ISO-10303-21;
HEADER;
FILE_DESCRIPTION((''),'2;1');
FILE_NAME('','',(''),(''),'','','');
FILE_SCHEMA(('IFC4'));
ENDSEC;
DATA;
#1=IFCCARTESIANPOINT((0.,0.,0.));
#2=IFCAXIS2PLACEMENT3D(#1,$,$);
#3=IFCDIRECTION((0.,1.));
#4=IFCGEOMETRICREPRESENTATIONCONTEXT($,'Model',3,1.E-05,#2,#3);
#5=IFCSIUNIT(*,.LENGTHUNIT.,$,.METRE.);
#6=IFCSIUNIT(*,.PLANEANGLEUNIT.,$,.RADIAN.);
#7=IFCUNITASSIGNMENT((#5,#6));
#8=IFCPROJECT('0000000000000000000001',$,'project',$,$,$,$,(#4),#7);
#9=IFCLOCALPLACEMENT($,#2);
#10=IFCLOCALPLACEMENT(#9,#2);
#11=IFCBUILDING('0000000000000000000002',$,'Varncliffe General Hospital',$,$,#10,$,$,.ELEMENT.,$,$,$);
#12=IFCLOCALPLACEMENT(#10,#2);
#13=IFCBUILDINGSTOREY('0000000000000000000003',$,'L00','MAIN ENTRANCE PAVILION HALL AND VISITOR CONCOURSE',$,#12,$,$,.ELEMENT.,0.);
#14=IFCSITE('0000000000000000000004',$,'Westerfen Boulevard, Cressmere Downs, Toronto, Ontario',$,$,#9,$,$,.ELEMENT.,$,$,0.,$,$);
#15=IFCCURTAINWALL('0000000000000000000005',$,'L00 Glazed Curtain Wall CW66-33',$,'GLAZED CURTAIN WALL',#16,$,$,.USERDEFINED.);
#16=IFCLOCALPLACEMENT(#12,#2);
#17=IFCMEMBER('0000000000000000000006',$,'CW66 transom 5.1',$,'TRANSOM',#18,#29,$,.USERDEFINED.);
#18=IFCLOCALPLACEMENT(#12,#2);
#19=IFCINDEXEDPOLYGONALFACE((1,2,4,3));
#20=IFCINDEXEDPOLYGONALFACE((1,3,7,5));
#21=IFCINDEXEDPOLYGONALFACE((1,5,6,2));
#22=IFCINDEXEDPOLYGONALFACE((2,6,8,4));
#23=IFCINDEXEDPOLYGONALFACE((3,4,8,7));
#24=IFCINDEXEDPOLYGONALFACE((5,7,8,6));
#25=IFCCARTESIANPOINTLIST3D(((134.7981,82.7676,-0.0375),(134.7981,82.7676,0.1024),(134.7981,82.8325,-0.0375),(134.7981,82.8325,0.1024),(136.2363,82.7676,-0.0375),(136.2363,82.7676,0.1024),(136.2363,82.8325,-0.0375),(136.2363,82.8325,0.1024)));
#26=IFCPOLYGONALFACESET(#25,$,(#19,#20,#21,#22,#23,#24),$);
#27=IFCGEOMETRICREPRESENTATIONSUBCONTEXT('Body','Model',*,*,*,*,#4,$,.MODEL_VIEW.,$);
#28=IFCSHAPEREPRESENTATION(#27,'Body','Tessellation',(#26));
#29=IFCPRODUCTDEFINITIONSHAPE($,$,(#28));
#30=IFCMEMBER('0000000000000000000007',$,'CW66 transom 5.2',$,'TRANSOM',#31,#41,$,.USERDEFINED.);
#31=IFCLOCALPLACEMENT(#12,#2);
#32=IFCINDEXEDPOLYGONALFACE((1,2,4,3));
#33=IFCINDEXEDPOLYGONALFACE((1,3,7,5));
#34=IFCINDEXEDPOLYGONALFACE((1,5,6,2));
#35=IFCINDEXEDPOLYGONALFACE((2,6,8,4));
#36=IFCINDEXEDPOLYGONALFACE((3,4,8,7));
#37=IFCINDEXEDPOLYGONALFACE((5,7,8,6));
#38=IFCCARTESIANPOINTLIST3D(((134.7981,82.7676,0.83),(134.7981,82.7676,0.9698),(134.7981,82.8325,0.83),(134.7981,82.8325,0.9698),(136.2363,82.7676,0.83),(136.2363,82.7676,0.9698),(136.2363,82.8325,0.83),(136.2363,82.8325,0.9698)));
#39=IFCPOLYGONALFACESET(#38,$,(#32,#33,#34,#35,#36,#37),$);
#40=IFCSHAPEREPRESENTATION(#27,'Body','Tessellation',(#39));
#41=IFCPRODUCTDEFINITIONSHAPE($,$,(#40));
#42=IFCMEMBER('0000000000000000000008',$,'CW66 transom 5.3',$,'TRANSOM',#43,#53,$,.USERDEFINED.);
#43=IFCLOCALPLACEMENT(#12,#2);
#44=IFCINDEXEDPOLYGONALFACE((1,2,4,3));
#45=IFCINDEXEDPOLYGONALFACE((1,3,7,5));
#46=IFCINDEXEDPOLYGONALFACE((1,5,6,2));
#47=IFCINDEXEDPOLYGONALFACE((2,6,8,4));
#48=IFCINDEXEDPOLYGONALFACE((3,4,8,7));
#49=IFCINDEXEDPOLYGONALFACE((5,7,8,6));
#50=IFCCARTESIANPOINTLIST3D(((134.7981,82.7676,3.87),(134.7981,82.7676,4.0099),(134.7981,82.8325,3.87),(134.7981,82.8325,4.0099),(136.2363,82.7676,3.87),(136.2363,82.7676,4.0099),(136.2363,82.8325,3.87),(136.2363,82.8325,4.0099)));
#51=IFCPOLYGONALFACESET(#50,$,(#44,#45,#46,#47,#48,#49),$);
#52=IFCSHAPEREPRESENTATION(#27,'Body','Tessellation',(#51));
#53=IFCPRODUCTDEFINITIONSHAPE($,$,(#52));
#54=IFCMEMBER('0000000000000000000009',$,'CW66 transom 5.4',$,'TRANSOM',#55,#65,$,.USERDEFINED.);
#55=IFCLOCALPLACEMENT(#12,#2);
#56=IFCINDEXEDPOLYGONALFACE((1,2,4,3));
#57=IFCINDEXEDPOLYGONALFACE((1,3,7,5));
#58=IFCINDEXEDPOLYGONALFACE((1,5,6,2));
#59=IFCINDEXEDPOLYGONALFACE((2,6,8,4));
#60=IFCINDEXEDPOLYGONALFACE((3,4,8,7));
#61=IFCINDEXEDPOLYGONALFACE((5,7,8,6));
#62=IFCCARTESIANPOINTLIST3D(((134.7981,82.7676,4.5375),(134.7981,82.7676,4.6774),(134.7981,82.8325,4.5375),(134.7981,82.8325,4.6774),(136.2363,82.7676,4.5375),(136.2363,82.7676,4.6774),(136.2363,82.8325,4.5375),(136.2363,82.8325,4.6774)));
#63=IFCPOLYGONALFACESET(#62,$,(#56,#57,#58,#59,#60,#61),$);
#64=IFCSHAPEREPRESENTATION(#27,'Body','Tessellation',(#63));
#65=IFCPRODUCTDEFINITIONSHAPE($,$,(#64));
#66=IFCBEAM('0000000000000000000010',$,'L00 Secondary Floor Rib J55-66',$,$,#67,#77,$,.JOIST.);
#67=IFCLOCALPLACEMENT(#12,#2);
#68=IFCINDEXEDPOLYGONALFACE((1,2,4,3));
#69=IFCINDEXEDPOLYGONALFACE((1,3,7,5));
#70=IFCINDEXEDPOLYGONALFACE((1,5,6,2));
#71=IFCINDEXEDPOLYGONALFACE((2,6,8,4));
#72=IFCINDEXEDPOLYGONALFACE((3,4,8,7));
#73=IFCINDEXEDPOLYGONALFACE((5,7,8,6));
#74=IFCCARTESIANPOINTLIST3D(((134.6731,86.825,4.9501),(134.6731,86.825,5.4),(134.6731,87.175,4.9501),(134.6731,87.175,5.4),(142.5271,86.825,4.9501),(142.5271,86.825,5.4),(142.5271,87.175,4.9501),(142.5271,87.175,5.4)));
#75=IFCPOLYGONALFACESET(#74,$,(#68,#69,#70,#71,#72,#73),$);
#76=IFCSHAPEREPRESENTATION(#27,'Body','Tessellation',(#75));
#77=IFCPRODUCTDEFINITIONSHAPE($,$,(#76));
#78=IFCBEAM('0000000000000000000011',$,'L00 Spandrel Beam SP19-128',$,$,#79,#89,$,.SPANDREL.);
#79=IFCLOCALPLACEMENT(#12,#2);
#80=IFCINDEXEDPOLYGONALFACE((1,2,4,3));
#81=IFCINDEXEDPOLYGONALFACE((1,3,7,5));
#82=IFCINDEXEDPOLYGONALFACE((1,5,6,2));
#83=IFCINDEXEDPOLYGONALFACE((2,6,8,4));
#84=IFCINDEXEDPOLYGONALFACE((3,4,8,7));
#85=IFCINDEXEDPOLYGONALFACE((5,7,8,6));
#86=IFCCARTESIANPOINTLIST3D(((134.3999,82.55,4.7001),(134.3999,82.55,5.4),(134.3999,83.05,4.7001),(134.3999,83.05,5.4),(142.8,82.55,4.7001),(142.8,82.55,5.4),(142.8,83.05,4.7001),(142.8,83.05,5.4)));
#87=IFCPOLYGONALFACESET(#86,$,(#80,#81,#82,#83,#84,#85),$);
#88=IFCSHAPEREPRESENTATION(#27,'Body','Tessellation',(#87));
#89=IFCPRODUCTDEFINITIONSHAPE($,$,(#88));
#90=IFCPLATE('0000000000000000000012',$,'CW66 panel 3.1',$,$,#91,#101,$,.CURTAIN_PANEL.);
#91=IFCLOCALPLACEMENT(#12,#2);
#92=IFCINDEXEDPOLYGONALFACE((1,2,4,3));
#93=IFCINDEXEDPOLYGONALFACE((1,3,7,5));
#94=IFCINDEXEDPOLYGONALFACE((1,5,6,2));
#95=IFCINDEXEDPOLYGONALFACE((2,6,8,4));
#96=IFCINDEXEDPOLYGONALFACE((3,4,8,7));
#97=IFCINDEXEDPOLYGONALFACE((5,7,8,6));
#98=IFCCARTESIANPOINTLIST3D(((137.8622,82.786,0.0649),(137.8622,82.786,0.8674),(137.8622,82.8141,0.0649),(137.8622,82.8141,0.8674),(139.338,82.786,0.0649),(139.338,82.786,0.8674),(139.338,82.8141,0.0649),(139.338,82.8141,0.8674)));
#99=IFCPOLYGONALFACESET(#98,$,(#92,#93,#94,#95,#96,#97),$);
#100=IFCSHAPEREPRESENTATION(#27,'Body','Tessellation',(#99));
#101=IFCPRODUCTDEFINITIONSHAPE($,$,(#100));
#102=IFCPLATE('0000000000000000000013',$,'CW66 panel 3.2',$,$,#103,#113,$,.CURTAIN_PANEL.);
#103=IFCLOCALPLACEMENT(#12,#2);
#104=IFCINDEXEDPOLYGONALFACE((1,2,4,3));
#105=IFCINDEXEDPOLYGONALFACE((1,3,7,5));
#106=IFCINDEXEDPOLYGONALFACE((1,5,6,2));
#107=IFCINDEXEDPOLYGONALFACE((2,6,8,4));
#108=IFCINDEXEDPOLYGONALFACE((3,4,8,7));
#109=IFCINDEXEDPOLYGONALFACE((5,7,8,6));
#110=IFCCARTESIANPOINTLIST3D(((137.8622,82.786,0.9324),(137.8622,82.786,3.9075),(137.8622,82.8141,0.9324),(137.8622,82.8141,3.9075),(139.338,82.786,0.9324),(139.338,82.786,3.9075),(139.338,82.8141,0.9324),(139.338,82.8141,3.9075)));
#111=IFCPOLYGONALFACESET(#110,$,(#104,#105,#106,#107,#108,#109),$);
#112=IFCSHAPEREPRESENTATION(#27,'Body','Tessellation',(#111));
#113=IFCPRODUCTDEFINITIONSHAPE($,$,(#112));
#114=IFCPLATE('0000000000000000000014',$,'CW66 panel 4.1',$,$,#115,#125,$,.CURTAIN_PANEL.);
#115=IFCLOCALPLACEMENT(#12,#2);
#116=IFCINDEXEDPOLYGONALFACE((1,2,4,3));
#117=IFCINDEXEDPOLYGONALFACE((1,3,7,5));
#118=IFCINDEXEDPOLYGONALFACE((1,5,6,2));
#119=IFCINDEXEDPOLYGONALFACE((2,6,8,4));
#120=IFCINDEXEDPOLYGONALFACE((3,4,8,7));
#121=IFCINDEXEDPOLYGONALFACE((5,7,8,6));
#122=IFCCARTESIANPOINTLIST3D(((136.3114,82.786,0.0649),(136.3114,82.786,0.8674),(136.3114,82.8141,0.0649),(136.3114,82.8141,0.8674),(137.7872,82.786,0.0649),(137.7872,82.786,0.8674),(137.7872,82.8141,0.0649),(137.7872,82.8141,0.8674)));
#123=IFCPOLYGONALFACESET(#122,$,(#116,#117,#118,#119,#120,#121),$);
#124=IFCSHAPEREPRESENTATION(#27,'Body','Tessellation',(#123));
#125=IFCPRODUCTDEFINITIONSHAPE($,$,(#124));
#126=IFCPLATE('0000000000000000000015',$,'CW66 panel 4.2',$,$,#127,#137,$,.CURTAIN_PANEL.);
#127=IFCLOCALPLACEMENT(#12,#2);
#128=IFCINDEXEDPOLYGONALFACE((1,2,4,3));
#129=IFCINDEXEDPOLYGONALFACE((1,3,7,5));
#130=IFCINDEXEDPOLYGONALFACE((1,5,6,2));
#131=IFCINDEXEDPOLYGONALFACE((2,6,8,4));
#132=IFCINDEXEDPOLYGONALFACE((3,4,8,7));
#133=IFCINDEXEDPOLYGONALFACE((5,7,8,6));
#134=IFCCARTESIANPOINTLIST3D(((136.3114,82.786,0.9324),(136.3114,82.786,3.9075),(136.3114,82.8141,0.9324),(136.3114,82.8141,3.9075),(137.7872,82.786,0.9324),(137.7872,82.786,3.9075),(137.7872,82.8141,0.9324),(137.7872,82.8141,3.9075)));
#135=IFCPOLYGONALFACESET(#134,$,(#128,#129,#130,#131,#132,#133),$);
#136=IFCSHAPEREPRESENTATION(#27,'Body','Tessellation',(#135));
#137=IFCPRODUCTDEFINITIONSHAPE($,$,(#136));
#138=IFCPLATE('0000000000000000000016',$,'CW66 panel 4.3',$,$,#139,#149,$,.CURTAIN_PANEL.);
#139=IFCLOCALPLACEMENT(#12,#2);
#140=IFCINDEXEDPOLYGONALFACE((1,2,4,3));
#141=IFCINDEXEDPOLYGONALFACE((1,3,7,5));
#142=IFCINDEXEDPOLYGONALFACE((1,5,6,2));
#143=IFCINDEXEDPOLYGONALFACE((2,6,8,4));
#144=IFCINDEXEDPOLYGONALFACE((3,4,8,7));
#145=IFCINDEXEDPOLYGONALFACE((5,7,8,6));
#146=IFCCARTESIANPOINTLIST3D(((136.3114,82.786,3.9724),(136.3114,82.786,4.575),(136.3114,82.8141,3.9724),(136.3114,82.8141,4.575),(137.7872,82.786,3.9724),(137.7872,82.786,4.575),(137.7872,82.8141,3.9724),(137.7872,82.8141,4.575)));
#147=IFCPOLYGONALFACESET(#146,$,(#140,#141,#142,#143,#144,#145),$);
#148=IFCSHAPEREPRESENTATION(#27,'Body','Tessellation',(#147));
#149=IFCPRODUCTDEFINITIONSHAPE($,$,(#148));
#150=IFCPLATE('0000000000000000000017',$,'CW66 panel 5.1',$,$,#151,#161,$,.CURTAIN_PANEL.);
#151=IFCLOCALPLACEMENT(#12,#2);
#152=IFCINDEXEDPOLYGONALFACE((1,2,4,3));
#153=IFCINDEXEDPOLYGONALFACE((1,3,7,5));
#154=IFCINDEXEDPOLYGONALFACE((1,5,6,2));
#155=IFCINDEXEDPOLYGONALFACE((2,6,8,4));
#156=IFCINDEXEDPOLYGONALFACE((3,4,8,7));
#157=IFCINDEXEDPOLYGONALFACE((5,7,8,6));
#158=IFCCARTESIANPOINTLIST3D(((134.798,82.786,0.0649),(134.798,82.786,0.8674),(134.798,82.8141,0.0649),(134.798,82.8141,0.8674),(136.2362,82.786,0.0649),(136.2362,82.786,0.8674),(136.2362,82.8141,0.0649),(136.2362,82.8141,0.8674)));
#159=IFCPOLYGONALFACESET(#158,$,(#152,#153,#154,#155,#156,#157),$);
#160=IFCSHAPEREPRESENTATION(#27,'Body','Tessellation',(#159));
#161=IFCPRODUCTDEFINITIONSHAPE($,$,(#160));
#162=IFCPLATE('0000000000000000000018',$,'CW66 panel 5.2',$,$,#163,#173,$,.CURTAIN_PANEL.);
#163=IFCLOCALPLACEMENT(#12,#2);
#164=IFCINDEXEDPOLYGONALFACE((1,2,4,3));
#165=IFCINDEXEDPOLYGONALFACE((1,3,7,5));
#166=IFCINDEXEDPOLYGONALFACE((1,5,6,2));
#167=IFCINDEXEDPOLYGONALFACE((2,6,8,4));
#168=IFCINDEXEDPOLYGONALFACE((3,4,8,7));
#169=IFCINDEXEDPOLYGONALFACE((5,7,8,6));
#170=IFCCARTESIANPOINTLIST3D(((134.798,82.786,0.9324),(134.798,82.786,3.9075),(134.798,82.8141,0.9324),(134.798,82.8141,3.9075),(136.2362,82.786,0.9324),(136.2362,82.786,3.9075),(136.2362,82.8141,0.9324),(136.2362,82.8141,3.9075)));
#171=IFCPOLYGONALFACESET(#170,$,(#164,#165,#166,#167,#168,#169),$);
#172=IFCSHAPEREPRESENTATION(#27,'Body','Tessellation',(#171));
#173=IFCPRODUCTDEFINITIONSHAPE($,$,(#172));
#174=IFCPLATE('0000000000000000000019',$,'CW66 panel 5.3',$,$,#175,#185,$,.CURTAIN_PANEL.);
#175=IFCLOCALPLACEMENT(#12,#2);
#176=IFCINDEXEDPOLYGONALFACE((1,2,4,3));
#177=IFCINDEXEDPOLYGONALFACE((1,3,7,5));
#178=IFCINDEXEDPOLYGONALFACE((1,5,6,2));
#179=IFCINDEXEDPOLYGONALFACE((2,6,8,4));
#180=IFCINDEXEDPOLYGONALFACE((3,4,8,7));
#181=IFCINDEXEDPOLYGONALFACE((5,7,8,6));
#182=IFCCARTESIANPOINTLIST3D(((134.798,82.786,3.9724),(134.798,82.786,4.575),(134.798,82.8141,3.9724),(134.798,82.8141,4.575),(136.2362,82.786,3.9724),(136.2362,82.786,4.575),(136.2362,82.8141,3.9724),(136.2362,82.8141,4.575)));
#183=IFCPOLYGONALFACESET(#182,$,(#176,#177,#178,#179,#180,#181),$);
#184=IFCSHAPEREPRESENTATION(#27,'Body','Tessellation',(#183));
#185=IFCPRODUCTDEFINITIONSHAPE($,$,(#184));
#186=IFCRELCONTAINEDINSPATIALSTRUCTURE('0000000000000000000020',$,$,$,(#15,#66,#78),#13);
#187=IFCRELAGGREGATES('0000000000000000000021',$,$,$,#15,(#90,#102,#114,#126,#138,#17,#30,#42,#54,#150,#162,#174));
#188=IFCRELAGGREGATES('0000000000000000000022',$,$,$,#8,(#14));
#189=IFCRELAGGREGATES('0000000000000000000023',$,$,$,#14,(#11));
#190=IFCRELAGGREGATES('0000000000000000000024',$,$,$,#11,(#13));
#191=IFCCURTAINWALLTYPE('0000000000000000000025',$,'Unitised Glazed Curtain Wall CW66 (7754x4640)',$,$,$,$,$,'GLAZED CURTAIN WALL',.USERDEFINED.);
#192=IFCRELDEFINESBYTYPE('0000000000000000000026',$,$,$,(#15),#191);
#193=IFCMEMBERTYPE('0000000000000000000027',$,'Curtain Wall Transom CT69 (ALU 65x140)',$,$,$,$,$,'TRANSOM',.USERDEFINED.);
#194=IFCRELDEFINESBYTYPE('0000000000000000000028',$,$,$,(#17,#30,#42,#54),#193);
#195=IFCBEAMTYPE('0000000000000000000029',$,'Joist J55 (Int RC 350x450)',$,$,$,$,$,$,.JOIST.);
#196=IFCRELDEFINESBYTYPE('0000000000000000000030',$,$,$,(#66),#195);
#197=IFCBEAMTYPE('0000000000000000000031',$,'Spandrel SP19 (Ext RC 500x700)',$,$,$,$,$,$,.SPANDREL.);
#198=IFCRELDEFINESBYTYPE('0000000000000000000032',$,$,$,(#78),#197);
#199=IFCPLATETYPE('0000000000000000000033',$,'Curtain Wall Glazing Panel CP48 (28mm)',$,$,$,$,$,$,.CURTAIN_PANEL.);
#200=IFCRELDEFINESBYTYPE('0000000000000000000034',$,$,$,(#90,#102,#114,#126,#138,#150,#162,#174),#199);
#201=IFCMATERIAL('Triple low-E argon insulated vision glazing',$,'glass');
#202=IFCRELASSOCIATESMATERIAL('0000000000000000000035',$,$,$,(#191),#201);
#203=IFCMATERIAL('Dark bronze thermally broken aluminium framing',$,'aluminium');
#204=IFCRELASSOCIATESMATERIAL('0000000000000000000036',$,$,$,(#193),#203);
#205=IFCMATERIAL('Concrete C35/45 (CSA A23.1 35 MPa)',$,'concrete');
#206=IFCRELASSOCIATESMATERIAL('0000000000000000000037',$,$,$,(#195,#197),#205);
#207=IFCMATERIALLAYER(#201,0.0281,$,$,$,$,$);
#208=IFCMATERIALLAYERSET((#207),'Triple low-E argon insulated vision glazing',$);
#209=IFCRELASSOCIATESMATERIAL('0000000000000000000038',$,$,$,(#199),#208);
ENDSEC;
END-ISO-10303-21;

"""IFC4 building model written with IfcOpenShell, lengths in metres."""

from ifc_helpers import new_model, si_unit, direction, frame, origin, origin_2d, place, context, subcontext, project, spatial, rectangle, extrude, material, layer, layer_set, material_profile, profile_set, type_object, element, aggregate, save


model = new_model("IFC4")

# Units and contexts
model_context = context("Model", 3, precision=1e-05, world=origin(), true_north=direction((0.0, 1.0)))
body_context = subcontext(model_context, "Body", "Model", "MODEL_VIEW")
ifc_project = project(units=[si_unit("LENGTHUNIT", "METRE"), si_unit("PLANEANGLEUNIT", "RADIAN")], contexts=[model_context])

# Site, building, storey
site_placement = place(None, origin())
site = spatial("IfcSite", under=ifc_project, at=site_placement, Name="Westerfen Boulevard, Cressmere Downs, Toronto, Ontario", CompositionType="ELEMENT", RefElevation=0.0)
building_placement = place(site_placement, origin())
building = spatial("IfcBuilding", under=site, at=building_placement, Name="Varncliffe General Hospital", CompositionType="ELEMENT")
storey_placement = place(building_placement, origin())
storey = spatial("IfcBuildingStorey", under=building, at=storey_placement, Name="L00", Description="MAIN ENTRANCE PAVILION HALL AND VISITOR CONCOURSE", CompositionType="ELEMENT", Elevation=0.0)

# Shared definitions
ifc_material_1 = material(Name="Concrete C35/45 (CSA A23.1 35 MPa)", Category="concrete")

# Shared definitions
ifc_material_2 = material(Name="Triple low-E argon insulated vision glazing", Category="glass")
ifc_material_3 = material(Name="Dark bronze thermally broken aluminium framing", Category="aluminium")

# Curtain wall
curtain_wall_type_1 = type_object("IfcCurtainWallType", Name="Unitised Glazed Curtain Wall CW66 (7754x4640)", ElementType="GLAZED CURTAIN WALL", PredefinedType="USERDEFINED", material=ifc_material_2)
curtain_wall_1_placement = place(storey_placement, origin())
curtain_wall_1 = element("IfcCurtainWall", 1, at=curtain_wall_1_placement, inside=storey, type_object=curtain_wall_type_1, Name="L00 Glazed Curtain Wall CW66-33", ObjectType="GLAZED CURTAIN WALL", PredefinedType="USERDEFINED")

# Members
ifc_material_profile_1 = material_profile(ifc_material_3, rectangle(XDim=0.0649, YDim=0.1399, at=origin_2d()), Name="ALU 65x140")
ifc_profile_set_1 = profile_set([ifc_material_profile_1], Name="Dark bronze thermally broken aluminium framing")
member_type_1 = type_object("IfcMemberType", Name="Curtain Wall Transom CT69 (ALU 65x140)", ElementType="TRANSOM", PredefinedType="USERDEFINED", material=ifc_profile_set_1)
member_1_placement = place(storey_placement, frame((136.2363, 82.8, 0.0325), z_axis=(-1.0, 0.0, 0.0), x_axis=(0.0, -1.0, 0.0)))
member_1 = element("IfcMember", 2, at=member_1_placement, type_object=member_type_1, Name="CW66 transom 5.1", ObjectType="TRANSOM", PredefinedType="USERDEFINED", context=body_context, shape_type="SweptSolid", body=[
    extrude(rectangle(XDim=0.0649, YDim=0.1399, at=origin_2d()), origin(), (0.0, 0.0, 1.0), 1.4382),
])
member_2_placement = place(storey_placement, frame((136.2363, 82.8, 0.8999), z_axis=(-1.0, 0.0, 0.0), x_axis=(0.0, -1.0, 0.0)))
member_2 = element("IfcMember", 3, at=member_2_placement, type_object=member_type_1, Name="CW66 transom 5.2", ObjectType="TRANSOM", PredefinedType="USERDEFINED", context=body_context, shape_type="SweptSolid", body=[
    extrude(rectangle(XDim=0.0649, YDim=0.1399, at=origin_2d()), origin(), (0.0, 0.0, 1.0), 1.4382),
])
member_3_placement = place(storey_placement, frame((136.2363, 82.8, 3.9399), z_axis=(-1.0, 0.0, 0.0), x_axis=(0.0, -1.0, 0.0)))
member_3 = element("IfcMember", 4, at=member_3_placement, type_object=member_type_1, Name="CW66 transom 5.3", ObjectType="TRANSOM", PredefinedType="USERDEFINED", context=body_context, shape_type="SweptSolid", body=[
    extrude(rectangle(XDim=0.0649, YDim=0.1399, at=origin_2d()), origin(), (0.0, 0.0, 1.0), 1.4382),
])
member_4_placement = place(storey_placement, frame((136.2363, 82.8, 4.6074), z_axis=(-1.0, 0.0, 0.0), x_axis=(0.0, -1.0, 0.0)))
member_4 = element("IfcMember", 5, at=member_4_placement, type_object=member_type_1, Name="CW66 transom 5.4", ObjectType="TRANSOM", PredefinedType="USERDEFINED", context=body_context, shape_type="SweptSolid", body=[
    extrude(rectangle(XDim=0.0649, YDim=0.1399, at=origin_2d()), origin(), (0.0, 0.0, 1.0), 1.4382),
])

# Beams
ifc_material_profile_2 = material_profile(ifc_material_1, rectangle(XDim=0.3501, YDim=0.45, at=origin_2d()), Name="RC 350x450")
ifc_profile_set_2 = profile_set([ifc_material_profile_2], Name="Concrete C35/45 (CSA A23.1 35 MPa)")
beam_type_1 = type_object("IfcBeamType", Name="Joist J55 (Int RC 350x450)", PredefinedType="JOIST", material=ifc_profile_set_2)
beam_1_placement = place(storey_placement, frame((134.6731, 87.0, 5.175), z_axis=(1.0, 0.0, 0.0), x_axis=(0.0, 1.0, 0.0)))
element("IfcBeam", 6, at=beam_1_placement, inside=storey, type_object=beam_type_1, Name="L00 Secondary Floor Rib J55-66", PredefinedType="JOIST", context=body_context, shape_type="SweptSolid", body=[
    extrude(rectangle(XDim=0.3501, YDim=0.45, at=origin_2d()), origin(), (0.0, 0.0, 1.0), 7.854),
])
ifc_material_profile_3 = material_profile(ifc_material_1, rectangle(XDim=0.5, YDim=0.7, at=origin_2d()), Name="RC 500x700")
ifc_profile_set_3 = profile_set([ifc_material_profile_3], Name="Concrete C35/45 (CSA A23.1 35 MPa)")
beam_type_2 = type_object("IfcBeamType", Name="Spandrel SP19 (Ext RC 500x700)", PredefinedType="SPANDREL", material=ifc_profile_set_3)
beam_2_placement = place(storey_placement, frame((134.3999, 82.8, 5.05), z_axis=(1.0, 0.0, 0.0), x_axis=(0.0, 1.0, 0.0)))
element("IfcBeam", 7, at=beam_2_placement, inside=storey, type_object=beam_type_2, Name="L00 Spandrel Beam SP19-128", PredefinedType="SPANDREL", context=body_context, shape_type="SweptSolid", body=[
    extrude(rectangle(XDim=0.5, YDim=0.7, at=origin_2d()), origin(), (0.0, 0.0, 1.0), 8.4001),
])

# Plates
ifc_layer = layer(ifc_material_2, 0.0281)
ifc_layer_set = layer_set([ifc_layer], Name="Triple low-E argon insulated vision glazing")
plate_type = type_object("IfcPlateType", Name="Curtain Wall Glazing Panel CP48 (28mm)", PredefinedType="CURTAIN_PANEL", material=ifc_layer_set)
plate_1_placement = place(storey_placement, frame((138.6001, 82.8, 0.0649), z_axis=(0.0, 0.0, 1.0), x_axis=(-1.0, 0.0, 0.0)))
plate_1 = element("IfcPlate", 8, at=plate_1_placement, type_object=plate_type, Name="CW66 panel 3.1", PredefinedType="CURTAIN_PANEL", context=body_context, shape_type="SweptSolid", body=[
    extrude(rectangle(XDim=1.4758, YDim=0.0281, at=origin_2d()), origin(), (0.0, 0.0, 1.0), 0.8025),
])
plate_2_placement = place(storey_placement, frame((138.6001, 82.8, 0.9324), z_axis=(0.0, 0.0, 1.0), x_axis=(-1.0, 0.0, 0.0)))
plate_2 = element("IfcPlate", 9, at=plate_2_placement, type_object=plate_type, Name="CW66 panel 3.2", PredefinedType="CURTAIN_PANEL", context=body_context, shape_type="SweptSolid", body=[
    extrude(rectangle(XDim=1.4758, YDim=0.0281, at=origin_2d()), origin(), (0.0, 0.0, 1.0), 2.9751),
])
plate_3_placement = place(storey_placement, frame((137.0493, 82.8, 0.0649), z_axis=(0.0, 0.0, 1.0), x_axis=(-1.0, 0.0, 0.0)))
plate_3 = element("IfcPlate", 10, at=plate_3_placement, type_object=plate_type, Name="CW66 panel 4.1", PredefinedType="CURTAIN_PANEL", context=body_context, shape_type="SweptSolid", body=[
    extrude(rectangle(XDim=1.4758, YDim=0.0281, at=origin_2d()), origin(), (0.0, 0.0, 1.0), 0.8025),
])
plate_4_placement = place(storey_placement, frame((137.0493, 82.8, 0.9324), z_axis=(0.0, 0.0, 1.0), x_axis=(-1.0, 0.0, 0.0)))
plate_4 = element("IfcPlate", 11, at=plate_4_placement, type_object=plate_type, Name="CW66 panel 4.2", PredefinedType="CURTAIN_PANEL", context=body_context, shape_type="SweptSolid", body=[
    extrude(rectangle(XDim=1.4758, YDim=0.0281, at=origin_2d()), origin(), (0.0, 0.0, 1.0), 2.9751),
])
plate_5_placement = place(storey_placement, frame((137.0493, 82.8, 3.9724), z_axis=(0.0, 0.0, 1.0), x_axis=(-1.0, 0.0, 0.0)))
plate_5 = element("IfcPlate", 12, at=plate_5_placement, type_object=plate_type, Name="CW66 panel 4.3", PredefinedType="CURTAIN_PANEL", context=body_context, shape_type="SweptSolid", body=[
    extrude(rectangle(XDim=1.4758, YDim=0.0281, at=origin_2d()), origin(), (0.0, 0.0, 1.0), 0.6025),
])
plate_6_placement = place(storey_placement, frame((135.5171, 82.8, 0.0649), z_axis=(0.0, 0.0, 1.0), x_axis=(-1.0, 0.0, 0.0)))
plate_6 = element("IfcPlate", 13, at=plate_6_placement, type_object=plate_type, Name="CW66 panel 5.1", PredefinedType="CURTAIN_PANEL", context=body_context, shape_type="SweptSolid", body=[
    extrude(rectangle(XDim=1.4382, YDim=0.0281, at=origin_2d()), origin(), (0.0, 0.0, 1.0), 0.8025),
])
plate_7_placement = place(storey_placement, frame((135.5171, 82.8, 0.9324), z_axis=(0.0, 0.0, 1.0), x_axis=(-1.0, 0.0, 0.0)))
plate_7 = element("IfcPlate", 14, at=plate_7_placement, type_object=plate_type, Name="CW66 panel 5.2", PredefinedType="CURTAIN_PANEL", context=body_context, shape_type="SweptSolid", body=[
    extrude(rectangle(XDim=1.4382, YDim=0.0281, at=origin_2d()), origin(), (0.0, 0.0, 1.0), 2.9751),
])
plate_8_placement = place(storey_placement, frame((135.5171, 82.8, 3.9724), z_axis=(0.0, 0.0, 1.0), x_axis=(-1.0, 0.0, 0.0)))
plate_8 = element("IfcPlate", 15, at=plate_8_placement, type_object=plate_type, Name="CW66 panel 5.3", PredefinedType="CURTAIN_PANEL", context=body_context, shape_type="SweptSolid", body=[
    extrude(rectangle(XDim=1.4382, YDim=0.0281, at=origin_2d()), origin(), (0.0, 0.0, 1.0), 0.6025),
])
aggregate(curtain_wall_1, [plate_1, plate_2, plate_3, plate_4, plate_5, member_1, member_2, member_3, member_4, plate_6, plate_7, plate_8])

save(model, "model.ifc")
